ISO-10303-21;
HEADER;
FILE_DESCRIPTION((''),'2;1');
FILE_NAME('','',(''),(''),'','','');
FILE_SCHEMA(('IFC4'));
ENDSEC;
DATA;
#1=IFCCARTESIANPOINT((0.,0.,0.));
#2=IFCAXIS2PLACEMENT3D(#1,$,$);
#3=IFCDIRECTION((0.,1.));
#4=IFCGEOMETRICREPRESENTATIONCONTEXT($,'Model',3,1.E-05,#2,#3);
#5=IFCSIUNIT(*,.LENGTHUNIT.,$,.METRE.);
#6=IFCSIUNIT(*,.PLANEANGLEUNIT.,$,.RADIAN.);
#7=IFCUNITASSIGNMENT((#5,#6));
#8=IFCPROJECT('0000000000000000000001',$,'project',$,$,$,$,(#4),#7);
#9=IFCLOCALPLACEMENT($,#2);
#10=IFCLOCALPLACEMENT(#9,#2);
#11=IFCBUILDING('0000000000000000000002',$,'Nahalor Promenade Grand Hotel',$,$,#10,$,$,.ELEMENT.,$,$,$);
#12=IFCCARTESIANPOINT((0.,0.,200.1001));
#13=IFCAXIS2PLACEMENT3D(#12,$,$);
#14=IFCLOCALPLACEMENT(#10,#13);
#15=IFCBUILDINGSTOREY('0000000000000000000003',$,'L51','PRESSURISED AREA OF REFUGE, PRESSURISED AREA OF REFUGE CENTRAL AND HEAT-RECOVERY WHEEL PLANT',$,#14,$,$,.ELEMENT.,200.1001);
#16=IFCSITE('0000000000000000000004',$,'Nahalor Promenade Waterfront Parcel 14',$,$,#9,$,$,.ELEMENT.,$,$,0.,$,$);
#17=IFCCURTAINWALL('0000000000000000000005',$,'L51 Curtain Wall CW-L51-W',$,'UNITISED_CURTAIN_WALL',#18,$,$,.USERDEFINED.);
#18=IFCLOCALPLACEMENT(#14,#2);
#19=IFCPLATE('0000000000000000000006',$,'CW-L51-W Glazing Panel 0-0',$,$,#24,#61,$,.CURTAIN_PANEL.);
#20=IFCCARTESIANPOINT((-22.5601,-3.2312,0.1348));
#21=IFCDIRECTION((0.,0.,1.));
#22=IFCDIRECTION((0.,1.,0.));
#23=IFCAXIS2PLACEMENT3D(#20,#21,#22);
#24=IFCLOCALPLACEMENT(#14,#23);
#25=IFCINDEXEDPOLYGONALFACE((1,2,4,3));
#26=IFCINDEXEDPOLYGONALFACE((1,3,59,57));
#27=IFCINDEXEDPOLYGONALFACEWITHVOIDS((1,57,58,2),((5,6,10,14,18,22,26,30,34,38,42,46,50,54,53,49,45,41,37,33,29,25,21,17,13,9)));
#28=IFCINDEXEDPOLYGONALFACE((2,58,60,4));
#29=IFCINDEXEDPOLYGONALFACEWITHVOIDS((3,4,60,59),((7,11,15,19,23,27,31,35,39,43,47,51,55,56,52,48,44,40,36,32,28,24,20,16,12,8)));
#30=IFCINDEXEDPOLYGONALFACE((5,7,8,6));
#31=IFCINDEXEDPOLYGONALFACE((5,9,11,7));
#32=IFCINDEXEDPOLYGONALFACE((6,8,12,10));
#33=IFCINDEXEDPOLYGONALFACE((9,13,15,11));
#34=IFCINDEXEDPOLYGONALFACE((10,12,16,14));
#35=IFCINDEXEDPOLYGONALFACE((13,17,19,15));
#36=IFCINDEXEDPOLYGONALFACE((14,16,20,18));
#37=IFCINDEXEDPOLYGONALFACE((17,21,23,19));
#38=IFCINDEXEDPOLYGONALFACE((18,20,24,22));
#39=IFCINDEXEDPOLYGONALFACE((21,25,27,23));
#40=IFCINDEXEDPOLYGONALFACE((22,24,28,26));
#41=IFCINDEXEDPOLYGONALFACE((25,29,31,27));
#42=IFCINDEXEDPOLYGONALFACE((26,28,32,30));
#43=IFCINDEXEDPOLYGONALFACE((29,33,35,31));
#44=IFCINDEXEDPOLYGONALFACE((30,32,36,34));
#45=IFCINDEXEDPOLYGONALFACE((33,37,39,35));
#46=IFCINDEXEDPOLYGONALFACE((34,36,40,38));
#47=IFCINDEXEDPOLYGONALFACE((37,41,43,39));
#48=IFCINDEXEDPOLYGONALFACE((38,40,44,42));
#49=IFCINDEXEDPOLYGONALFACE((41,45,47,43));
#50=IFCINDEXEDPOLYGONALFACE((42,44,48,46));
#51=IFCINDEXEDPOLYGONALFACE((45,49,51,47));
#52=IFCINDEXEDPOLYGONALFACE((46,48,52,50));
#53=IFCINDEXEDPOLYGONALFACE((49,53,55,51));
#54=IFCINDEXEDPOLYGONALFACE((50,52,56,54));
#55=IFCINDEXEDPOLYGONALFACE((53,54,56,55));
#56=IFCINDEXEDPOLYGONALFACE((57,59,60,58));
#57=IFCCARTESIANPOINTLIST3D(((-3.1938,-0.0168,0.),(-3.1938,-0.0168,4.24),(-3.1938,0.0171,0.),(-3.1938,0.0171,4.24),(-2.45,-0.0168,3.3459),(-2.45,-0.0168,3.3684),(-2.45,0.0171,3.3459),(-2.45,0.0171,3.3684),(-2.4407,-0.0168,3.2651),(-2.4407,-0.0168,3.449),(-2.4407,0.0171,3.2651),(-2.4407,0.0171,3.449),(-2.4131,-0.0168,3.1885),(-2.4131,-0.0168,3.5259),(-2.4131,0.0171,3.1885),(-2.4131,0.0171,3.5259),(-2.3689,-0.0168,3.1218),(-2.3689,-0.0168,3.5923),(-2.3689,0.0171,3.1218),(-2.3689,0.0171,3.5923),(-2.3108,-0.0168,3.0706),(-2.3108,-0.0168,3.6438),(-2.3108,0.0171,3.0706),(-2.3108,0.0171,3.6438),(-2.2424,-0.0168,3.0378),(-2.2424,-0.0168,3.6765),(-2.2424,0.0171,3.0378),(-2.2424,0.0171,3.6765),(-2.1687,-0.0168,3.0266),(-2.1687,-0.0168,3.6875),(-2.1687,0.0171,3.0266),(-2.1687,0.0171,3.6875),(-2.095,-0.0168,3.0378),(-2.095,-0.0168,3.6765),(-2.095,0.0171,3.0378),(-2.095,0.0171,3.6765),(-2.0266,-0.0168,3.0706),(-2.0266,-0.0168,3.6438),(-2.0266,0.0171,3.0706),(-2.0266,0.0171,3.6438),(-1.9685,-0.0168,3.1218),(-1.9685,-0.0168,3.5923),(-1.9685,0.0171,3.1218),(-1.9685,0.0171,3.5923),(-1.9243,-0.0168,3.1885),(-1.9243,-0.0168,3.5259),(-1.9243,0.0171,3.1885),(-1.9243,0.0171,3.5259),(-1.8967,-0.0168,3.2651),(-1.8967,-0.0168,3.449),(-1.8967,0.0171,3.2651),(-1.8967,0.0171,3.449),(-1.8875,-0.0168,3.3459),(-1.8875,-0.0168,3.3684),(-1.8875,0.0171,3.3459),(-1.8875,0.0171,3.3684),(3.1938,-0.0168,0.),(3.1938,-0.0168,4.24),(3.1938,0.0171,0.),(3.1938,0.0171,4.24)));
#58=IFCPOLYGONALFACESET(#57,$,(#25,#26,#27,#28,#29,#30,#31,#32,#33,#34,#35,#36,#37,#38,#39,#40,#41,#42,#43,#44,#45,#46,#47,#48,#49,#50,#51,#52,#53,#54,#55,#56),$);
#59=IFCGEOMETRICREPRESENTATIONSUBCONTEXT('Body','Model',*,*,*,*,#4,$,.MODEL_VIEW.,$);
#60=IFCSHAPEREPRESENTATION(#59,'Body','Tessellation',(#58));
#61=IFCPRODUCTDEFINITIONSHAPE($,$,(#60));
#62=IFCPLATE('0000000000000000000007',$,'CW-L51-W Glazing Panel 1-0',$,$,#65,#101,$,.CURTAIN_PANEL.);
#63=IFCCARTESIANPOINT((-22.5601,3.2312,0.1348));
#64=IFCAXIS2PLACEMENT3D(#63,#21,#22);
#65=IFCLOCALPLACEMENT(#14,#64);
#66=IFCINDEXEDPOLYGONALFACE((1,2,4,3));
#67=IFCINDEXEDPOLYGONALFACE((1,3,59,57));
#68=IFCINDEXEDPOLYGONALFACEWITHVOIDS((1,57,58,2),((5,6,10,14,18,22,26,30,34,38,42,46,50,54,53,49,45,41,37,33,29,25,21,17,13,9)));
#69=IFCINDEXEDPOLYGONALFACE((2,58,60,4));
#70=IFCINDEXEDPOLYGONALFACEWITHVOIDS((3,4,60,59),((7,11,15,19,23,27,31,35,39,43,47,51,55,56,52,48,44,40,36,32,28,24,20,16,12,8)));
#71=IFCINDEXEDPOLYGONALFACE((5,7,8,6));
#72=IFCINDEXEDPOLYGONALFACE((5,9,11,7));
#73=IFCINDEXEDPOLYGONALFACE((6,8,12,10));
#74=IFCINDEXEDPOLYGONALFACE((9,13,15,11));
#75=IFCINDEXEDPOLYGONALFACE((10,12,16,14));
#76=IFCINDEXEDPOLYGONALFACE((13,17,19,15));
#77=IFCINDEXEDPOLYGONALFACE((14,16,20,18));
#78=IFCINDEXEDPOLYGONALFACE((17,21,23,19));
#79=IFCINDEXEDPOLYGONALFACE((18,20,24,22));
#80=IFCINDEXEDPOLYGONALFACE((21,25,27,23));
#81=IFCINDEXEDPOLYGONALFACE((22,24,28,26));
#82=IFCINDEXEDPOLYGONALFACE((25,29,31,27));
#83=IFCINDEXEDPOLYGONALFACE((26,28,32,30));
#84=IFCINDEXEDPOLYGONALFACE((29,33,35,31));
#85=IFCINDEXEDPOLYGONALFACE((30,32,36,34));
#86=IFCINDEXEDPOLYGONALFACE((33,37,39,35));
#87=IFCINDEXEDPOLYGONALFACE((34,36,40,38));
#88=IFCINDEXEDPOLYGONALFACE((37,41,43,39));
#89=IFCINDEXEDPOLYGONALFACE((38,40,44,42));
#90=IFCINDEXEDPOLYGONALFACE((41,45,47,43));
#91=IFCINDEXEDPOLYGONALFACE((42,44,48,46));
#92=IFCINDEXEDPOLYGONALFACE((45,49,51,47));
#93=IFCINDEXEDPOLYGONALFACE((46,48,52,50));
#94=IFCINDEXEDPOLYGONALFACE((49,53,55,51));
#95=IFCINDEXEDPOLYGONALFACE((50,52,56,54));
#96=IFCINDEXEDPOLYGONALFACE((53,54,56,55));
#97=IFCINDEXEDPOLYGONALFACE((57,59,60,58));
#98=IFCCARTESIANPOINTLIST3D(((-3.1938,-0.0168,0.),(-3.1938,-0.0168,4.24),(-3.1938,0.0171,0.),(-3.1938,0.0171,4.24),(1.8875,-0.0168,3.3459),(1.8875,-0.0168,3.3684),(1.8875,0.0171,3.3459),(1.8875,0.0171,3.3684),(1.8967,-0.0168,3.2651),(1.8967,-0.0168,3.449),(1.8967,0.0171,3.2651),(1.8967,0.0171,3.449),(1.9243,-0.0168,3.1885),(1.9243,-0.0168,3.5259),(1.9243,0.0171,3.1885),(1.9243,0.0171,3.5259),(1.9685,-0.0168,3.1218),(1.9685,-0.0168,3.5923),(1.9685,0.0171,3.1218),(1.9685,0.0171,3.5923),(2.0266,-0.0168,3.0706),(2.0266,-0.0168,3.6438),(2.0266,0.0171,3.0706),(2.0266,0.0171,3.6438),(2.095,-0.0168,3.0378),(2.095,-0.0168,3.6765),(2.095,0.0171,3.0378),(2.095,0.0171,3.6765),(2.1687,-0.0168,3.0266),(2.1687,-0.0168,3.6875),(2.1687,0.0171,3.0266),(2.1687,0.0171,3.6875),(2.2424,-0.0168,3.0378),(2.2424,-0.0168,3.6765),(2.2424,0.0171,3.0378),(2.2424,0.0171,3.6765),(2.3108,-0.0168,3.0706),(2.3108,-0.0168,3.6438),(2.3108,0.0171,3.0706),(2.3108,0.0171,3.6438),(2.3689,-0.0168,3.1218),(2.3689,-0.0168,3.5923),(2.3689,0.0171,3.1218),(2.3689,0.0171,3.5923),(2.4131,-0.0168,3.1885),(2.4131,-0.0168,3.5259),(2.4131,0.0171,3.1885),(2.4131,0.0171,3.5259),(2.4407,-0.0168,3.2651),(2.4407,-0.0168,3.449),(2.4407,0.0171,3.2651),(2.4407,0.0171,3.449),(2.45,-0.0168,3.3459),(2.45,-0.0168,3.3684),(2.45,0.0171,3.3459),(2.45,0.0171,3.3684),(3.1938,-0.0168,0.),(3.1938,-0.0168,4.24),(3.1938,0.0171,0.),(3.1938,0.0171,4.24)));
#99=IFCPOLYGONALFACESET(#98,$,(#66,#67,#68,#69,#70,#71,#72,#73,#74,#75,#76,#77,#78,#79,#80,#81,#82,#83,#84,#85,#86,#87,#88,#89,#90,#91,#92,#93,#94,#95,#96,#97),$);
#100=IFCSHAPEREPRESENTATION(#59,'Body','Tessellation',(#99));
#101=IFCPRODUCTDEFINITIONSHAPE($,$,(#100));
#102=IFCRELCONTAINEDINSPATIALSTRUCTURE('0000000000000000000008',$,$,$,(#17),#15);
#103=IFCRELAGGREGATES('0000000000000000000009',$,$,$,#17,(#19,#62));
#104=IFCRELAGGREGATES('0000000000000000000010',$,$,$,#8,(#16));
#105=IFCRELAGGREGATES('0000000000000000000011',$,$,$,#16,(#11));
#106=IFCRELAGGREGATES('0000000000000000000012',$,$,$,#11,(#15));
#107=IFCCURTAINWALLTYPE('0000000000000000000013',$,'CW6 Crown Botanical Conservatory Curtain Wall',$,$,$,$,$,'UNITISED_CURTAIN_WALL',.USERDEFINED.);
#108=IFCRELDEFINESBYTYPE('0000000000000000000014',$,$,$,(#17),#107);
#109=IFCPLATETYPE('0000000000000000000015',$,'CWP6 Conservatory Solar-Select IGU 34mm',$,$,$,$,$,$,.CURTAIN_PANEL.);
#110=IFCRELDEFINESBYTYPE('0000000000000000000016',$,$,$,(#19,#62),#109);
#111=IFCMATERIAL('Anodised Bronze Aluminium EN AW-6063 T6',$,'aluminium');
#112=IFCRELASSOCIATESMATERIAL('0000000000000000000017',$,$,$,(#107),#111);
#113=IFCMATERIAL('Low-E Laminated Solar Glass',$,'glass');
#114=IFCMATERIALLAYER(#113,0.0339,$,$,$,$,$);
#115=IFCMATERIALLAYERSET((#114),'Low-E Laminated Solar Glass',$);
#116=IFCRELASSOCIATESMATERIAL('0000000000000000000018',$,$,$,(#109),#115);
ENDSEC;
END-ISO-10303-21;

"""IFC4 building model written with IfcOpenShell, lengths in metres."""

from ifc_helpers import new_model, si_unit, direction, frame, origin, place, context, subcontext, project, spatial, polyline, outline, extrude, material, layer, layer_set, type_object, element, aggregate, save


model = new_model("IFC4")

# Units and contexts
model_context = context("Model", 3, precision=1e-05, world=origin(), true_north=direction((0.0, 1.0)))
body_context = subcontext(model_context, "Body", "Model", "MODEL_VIEW")
ifc_project = project(units=[si_unit("LENGTHUNIT", "METRE"), si_unit("PLANEANGLEUNIT", "RADIAN")], contexts=[model_context])

# Site, building, storey
site_placement = place(None, origin())
site = spatial("IfcSite", under=ifc_project, at=site_placement, Name="Nahalor Promenade Waterfront Parcel 14", CompositionType="ELEMENT", RefElevation=0.0)
building_placement = place(site_placement, origin())
building = spatial("IfcBuilding", under=site, at=building_placement, Name="Nahalor Promenade Grand Hotel", CompositionType="ELEMENT")
storey_placement = place(building_placement, frame((0.0, 0.0, 200.1001)))
storey = spatial("IfcBuildingStorey", under=building, at=storey_placement, Name="L51", Description="PRESSURISED AREA OF REFUGE, PRESSURISED AREA OF REFUGE CENTRAL AND HEAT-RECOVERY WHEEL PLANT", CompositionType="ELEMENT", Elevation=200.1001)

# Curtain wall, plates
ifc_material_1 = material(Name="Anodised Bronze Aluminium EN AW-6063 T6", Category="aluminium")
curtain_wall_type = type_object("IfcCurtainWallType", Name="CW6 Crown Botanical Conservatory Curtain Wall", ElementType="UNITISED_CURTAIN_WALL", PredefinedType="USERDEFINED", material=ifc_material_1)
curtain_wall_placement = place(storey_placement, origin())
curtain_wall = element("IfcCurtainWall", 1, at=curtain_wall_placement, inside=storey, type_object=curtain_wall_type, Name="L51 Curtain Wall CW-L51-W", ObjectType="UNITISED_CURTAIN_WALL", PredefinedType="USERDEFINED")
ifc_material_2 = material(Name="Low-E Laminated Solar Glass", Category="glass")
ifc_layer_1 = layer(ifc_material_2, 0.0339)
ifc_layer_set_1 = layer_set([ifc_layer_1], Name="Low-E Laminated Solar Glass")
plate_type_1 = type_object("IfcPlateType", Name="CWP6 Conservatory Solar-Select IGU 34mm", PredefinedType="CURTAIN_PANEL", material=ifc_layer_set_1)
plate_1_placement = place(storey_placement, frame((-22.5601, -3.2312, 0.1348), z_axis=(0.0, 0.0, 1.0), x_axis=(0.0, 1.0, 0.0)))
plate_1 = element("IfcPlate", 2, at=plate_1_placement, type_object=plate_type_1, Name="CW-L51-W Glazing Panel 0-0", PredefinedType="CURTAIN_PANEL", context=body_context, shape_type="SweptSolid", body=[
    extrude(outline(polyline([(-3.1938, 4.24), (-3.1938, 0.0), (3.1938, 0.0), (3.1938, 4.24), (-3.1938, 4.24)]), holes=[polyline([(-2.0266, 3.0706), (-2.095, 3.0378), (-2.1687, 3.0266), (-2.2424, 3.0378), (-2.3108, 3.0706), (-2.3689, 3.1218), (-2.4131, 3.1885), (-2.4407, 3.2651), (-2.45, 3.3459), (-2.45, 3.3684), (-2.4407, 3.449), (-2.4131, 3.5259), (-2.3689, 3.5923), (-2.3108, 3.6438), (-2.2424, 3.6765), (-2.1687, 3.6875), (-2.095, 3.6765), (-2.0266, 3.6438), (-1.9685, 3.5923), (-1.9243, 3.5259), (-1.8967, 3.449), (-1.8875, 3.3684), (-1.8875, 3.3459), (-1.8967, 3.2651), (-1.9243, 3.1885), (-1.9685, 3.1218), (-2.0266, 3.0706)])]), frame((0.0, 0.0171, 0.0), z_axis=(0.0, -1.0, 0.0), x_axis=(1.0, 0.0, 0.0)), (0.0, 0.0, 1.0), 0.0339),
])
plate_2_placement = place(storey_placement, frame((-22.5601, 3.2312, 0.1348), z_axis=(0.0, 0.0, 1.0), x_axis=(0.0, 1.0, 0.0)))
plate_2 = element("IfcPlate", 3, at=plate_2_placement, type_object=plate_type_1, Name="CW-L51-W Glazing Panel 1-0", PredefinedType="CURTAIN_PANEL", context=body_context, shape_type="SweptSolid", body=[
    extrude(outline(polyline([(-3.1938, 4.24), (-3.1938, 0.0), (3.1938, 0.0), (3.1938, 4.24), (-3.1938, 4.24)]), holes=[polyline([(2.3108, 3.0706), (2.2424, 3.0378), (2.1687, 3.0266), (2.095, 3.0378), (2.0266, 3.0706), (1.9685, 3.1218), (1.9243, 3.1885), (1.8967, 3.2651), (1.8875, 3.3459), (1.8875, 3.3684), (1.8967, 3.449), (1.9243, 3.5259), (1.9685, 3.5923), (2.0266, 3.6438), (2.095, 3.6765), (2.1687, 3.6875), (2.2424, 3.6765), (2.3108, 3.6438), (2.3689, 3.5923), (2.4131, 3.5259), (2.4407, 3.449), (2.45, 3.3684), (2.45, 3.3459), (2.4407, 3.2651), (2.4131, 3.1885), (2.3689, 3.1218), (2.3108, 3.0706)])]), frame((0.0, 0.0171, 0.0), z_axis=(0.0, -1.0, 0.0), x_axis=(1.0, 0.0, 0.0)), (0.0, 0.0, 1.0), 0.0339),
])
aggregate(curtain_wall, [plate_1, plate_2])

save(model, "model.ifc")
